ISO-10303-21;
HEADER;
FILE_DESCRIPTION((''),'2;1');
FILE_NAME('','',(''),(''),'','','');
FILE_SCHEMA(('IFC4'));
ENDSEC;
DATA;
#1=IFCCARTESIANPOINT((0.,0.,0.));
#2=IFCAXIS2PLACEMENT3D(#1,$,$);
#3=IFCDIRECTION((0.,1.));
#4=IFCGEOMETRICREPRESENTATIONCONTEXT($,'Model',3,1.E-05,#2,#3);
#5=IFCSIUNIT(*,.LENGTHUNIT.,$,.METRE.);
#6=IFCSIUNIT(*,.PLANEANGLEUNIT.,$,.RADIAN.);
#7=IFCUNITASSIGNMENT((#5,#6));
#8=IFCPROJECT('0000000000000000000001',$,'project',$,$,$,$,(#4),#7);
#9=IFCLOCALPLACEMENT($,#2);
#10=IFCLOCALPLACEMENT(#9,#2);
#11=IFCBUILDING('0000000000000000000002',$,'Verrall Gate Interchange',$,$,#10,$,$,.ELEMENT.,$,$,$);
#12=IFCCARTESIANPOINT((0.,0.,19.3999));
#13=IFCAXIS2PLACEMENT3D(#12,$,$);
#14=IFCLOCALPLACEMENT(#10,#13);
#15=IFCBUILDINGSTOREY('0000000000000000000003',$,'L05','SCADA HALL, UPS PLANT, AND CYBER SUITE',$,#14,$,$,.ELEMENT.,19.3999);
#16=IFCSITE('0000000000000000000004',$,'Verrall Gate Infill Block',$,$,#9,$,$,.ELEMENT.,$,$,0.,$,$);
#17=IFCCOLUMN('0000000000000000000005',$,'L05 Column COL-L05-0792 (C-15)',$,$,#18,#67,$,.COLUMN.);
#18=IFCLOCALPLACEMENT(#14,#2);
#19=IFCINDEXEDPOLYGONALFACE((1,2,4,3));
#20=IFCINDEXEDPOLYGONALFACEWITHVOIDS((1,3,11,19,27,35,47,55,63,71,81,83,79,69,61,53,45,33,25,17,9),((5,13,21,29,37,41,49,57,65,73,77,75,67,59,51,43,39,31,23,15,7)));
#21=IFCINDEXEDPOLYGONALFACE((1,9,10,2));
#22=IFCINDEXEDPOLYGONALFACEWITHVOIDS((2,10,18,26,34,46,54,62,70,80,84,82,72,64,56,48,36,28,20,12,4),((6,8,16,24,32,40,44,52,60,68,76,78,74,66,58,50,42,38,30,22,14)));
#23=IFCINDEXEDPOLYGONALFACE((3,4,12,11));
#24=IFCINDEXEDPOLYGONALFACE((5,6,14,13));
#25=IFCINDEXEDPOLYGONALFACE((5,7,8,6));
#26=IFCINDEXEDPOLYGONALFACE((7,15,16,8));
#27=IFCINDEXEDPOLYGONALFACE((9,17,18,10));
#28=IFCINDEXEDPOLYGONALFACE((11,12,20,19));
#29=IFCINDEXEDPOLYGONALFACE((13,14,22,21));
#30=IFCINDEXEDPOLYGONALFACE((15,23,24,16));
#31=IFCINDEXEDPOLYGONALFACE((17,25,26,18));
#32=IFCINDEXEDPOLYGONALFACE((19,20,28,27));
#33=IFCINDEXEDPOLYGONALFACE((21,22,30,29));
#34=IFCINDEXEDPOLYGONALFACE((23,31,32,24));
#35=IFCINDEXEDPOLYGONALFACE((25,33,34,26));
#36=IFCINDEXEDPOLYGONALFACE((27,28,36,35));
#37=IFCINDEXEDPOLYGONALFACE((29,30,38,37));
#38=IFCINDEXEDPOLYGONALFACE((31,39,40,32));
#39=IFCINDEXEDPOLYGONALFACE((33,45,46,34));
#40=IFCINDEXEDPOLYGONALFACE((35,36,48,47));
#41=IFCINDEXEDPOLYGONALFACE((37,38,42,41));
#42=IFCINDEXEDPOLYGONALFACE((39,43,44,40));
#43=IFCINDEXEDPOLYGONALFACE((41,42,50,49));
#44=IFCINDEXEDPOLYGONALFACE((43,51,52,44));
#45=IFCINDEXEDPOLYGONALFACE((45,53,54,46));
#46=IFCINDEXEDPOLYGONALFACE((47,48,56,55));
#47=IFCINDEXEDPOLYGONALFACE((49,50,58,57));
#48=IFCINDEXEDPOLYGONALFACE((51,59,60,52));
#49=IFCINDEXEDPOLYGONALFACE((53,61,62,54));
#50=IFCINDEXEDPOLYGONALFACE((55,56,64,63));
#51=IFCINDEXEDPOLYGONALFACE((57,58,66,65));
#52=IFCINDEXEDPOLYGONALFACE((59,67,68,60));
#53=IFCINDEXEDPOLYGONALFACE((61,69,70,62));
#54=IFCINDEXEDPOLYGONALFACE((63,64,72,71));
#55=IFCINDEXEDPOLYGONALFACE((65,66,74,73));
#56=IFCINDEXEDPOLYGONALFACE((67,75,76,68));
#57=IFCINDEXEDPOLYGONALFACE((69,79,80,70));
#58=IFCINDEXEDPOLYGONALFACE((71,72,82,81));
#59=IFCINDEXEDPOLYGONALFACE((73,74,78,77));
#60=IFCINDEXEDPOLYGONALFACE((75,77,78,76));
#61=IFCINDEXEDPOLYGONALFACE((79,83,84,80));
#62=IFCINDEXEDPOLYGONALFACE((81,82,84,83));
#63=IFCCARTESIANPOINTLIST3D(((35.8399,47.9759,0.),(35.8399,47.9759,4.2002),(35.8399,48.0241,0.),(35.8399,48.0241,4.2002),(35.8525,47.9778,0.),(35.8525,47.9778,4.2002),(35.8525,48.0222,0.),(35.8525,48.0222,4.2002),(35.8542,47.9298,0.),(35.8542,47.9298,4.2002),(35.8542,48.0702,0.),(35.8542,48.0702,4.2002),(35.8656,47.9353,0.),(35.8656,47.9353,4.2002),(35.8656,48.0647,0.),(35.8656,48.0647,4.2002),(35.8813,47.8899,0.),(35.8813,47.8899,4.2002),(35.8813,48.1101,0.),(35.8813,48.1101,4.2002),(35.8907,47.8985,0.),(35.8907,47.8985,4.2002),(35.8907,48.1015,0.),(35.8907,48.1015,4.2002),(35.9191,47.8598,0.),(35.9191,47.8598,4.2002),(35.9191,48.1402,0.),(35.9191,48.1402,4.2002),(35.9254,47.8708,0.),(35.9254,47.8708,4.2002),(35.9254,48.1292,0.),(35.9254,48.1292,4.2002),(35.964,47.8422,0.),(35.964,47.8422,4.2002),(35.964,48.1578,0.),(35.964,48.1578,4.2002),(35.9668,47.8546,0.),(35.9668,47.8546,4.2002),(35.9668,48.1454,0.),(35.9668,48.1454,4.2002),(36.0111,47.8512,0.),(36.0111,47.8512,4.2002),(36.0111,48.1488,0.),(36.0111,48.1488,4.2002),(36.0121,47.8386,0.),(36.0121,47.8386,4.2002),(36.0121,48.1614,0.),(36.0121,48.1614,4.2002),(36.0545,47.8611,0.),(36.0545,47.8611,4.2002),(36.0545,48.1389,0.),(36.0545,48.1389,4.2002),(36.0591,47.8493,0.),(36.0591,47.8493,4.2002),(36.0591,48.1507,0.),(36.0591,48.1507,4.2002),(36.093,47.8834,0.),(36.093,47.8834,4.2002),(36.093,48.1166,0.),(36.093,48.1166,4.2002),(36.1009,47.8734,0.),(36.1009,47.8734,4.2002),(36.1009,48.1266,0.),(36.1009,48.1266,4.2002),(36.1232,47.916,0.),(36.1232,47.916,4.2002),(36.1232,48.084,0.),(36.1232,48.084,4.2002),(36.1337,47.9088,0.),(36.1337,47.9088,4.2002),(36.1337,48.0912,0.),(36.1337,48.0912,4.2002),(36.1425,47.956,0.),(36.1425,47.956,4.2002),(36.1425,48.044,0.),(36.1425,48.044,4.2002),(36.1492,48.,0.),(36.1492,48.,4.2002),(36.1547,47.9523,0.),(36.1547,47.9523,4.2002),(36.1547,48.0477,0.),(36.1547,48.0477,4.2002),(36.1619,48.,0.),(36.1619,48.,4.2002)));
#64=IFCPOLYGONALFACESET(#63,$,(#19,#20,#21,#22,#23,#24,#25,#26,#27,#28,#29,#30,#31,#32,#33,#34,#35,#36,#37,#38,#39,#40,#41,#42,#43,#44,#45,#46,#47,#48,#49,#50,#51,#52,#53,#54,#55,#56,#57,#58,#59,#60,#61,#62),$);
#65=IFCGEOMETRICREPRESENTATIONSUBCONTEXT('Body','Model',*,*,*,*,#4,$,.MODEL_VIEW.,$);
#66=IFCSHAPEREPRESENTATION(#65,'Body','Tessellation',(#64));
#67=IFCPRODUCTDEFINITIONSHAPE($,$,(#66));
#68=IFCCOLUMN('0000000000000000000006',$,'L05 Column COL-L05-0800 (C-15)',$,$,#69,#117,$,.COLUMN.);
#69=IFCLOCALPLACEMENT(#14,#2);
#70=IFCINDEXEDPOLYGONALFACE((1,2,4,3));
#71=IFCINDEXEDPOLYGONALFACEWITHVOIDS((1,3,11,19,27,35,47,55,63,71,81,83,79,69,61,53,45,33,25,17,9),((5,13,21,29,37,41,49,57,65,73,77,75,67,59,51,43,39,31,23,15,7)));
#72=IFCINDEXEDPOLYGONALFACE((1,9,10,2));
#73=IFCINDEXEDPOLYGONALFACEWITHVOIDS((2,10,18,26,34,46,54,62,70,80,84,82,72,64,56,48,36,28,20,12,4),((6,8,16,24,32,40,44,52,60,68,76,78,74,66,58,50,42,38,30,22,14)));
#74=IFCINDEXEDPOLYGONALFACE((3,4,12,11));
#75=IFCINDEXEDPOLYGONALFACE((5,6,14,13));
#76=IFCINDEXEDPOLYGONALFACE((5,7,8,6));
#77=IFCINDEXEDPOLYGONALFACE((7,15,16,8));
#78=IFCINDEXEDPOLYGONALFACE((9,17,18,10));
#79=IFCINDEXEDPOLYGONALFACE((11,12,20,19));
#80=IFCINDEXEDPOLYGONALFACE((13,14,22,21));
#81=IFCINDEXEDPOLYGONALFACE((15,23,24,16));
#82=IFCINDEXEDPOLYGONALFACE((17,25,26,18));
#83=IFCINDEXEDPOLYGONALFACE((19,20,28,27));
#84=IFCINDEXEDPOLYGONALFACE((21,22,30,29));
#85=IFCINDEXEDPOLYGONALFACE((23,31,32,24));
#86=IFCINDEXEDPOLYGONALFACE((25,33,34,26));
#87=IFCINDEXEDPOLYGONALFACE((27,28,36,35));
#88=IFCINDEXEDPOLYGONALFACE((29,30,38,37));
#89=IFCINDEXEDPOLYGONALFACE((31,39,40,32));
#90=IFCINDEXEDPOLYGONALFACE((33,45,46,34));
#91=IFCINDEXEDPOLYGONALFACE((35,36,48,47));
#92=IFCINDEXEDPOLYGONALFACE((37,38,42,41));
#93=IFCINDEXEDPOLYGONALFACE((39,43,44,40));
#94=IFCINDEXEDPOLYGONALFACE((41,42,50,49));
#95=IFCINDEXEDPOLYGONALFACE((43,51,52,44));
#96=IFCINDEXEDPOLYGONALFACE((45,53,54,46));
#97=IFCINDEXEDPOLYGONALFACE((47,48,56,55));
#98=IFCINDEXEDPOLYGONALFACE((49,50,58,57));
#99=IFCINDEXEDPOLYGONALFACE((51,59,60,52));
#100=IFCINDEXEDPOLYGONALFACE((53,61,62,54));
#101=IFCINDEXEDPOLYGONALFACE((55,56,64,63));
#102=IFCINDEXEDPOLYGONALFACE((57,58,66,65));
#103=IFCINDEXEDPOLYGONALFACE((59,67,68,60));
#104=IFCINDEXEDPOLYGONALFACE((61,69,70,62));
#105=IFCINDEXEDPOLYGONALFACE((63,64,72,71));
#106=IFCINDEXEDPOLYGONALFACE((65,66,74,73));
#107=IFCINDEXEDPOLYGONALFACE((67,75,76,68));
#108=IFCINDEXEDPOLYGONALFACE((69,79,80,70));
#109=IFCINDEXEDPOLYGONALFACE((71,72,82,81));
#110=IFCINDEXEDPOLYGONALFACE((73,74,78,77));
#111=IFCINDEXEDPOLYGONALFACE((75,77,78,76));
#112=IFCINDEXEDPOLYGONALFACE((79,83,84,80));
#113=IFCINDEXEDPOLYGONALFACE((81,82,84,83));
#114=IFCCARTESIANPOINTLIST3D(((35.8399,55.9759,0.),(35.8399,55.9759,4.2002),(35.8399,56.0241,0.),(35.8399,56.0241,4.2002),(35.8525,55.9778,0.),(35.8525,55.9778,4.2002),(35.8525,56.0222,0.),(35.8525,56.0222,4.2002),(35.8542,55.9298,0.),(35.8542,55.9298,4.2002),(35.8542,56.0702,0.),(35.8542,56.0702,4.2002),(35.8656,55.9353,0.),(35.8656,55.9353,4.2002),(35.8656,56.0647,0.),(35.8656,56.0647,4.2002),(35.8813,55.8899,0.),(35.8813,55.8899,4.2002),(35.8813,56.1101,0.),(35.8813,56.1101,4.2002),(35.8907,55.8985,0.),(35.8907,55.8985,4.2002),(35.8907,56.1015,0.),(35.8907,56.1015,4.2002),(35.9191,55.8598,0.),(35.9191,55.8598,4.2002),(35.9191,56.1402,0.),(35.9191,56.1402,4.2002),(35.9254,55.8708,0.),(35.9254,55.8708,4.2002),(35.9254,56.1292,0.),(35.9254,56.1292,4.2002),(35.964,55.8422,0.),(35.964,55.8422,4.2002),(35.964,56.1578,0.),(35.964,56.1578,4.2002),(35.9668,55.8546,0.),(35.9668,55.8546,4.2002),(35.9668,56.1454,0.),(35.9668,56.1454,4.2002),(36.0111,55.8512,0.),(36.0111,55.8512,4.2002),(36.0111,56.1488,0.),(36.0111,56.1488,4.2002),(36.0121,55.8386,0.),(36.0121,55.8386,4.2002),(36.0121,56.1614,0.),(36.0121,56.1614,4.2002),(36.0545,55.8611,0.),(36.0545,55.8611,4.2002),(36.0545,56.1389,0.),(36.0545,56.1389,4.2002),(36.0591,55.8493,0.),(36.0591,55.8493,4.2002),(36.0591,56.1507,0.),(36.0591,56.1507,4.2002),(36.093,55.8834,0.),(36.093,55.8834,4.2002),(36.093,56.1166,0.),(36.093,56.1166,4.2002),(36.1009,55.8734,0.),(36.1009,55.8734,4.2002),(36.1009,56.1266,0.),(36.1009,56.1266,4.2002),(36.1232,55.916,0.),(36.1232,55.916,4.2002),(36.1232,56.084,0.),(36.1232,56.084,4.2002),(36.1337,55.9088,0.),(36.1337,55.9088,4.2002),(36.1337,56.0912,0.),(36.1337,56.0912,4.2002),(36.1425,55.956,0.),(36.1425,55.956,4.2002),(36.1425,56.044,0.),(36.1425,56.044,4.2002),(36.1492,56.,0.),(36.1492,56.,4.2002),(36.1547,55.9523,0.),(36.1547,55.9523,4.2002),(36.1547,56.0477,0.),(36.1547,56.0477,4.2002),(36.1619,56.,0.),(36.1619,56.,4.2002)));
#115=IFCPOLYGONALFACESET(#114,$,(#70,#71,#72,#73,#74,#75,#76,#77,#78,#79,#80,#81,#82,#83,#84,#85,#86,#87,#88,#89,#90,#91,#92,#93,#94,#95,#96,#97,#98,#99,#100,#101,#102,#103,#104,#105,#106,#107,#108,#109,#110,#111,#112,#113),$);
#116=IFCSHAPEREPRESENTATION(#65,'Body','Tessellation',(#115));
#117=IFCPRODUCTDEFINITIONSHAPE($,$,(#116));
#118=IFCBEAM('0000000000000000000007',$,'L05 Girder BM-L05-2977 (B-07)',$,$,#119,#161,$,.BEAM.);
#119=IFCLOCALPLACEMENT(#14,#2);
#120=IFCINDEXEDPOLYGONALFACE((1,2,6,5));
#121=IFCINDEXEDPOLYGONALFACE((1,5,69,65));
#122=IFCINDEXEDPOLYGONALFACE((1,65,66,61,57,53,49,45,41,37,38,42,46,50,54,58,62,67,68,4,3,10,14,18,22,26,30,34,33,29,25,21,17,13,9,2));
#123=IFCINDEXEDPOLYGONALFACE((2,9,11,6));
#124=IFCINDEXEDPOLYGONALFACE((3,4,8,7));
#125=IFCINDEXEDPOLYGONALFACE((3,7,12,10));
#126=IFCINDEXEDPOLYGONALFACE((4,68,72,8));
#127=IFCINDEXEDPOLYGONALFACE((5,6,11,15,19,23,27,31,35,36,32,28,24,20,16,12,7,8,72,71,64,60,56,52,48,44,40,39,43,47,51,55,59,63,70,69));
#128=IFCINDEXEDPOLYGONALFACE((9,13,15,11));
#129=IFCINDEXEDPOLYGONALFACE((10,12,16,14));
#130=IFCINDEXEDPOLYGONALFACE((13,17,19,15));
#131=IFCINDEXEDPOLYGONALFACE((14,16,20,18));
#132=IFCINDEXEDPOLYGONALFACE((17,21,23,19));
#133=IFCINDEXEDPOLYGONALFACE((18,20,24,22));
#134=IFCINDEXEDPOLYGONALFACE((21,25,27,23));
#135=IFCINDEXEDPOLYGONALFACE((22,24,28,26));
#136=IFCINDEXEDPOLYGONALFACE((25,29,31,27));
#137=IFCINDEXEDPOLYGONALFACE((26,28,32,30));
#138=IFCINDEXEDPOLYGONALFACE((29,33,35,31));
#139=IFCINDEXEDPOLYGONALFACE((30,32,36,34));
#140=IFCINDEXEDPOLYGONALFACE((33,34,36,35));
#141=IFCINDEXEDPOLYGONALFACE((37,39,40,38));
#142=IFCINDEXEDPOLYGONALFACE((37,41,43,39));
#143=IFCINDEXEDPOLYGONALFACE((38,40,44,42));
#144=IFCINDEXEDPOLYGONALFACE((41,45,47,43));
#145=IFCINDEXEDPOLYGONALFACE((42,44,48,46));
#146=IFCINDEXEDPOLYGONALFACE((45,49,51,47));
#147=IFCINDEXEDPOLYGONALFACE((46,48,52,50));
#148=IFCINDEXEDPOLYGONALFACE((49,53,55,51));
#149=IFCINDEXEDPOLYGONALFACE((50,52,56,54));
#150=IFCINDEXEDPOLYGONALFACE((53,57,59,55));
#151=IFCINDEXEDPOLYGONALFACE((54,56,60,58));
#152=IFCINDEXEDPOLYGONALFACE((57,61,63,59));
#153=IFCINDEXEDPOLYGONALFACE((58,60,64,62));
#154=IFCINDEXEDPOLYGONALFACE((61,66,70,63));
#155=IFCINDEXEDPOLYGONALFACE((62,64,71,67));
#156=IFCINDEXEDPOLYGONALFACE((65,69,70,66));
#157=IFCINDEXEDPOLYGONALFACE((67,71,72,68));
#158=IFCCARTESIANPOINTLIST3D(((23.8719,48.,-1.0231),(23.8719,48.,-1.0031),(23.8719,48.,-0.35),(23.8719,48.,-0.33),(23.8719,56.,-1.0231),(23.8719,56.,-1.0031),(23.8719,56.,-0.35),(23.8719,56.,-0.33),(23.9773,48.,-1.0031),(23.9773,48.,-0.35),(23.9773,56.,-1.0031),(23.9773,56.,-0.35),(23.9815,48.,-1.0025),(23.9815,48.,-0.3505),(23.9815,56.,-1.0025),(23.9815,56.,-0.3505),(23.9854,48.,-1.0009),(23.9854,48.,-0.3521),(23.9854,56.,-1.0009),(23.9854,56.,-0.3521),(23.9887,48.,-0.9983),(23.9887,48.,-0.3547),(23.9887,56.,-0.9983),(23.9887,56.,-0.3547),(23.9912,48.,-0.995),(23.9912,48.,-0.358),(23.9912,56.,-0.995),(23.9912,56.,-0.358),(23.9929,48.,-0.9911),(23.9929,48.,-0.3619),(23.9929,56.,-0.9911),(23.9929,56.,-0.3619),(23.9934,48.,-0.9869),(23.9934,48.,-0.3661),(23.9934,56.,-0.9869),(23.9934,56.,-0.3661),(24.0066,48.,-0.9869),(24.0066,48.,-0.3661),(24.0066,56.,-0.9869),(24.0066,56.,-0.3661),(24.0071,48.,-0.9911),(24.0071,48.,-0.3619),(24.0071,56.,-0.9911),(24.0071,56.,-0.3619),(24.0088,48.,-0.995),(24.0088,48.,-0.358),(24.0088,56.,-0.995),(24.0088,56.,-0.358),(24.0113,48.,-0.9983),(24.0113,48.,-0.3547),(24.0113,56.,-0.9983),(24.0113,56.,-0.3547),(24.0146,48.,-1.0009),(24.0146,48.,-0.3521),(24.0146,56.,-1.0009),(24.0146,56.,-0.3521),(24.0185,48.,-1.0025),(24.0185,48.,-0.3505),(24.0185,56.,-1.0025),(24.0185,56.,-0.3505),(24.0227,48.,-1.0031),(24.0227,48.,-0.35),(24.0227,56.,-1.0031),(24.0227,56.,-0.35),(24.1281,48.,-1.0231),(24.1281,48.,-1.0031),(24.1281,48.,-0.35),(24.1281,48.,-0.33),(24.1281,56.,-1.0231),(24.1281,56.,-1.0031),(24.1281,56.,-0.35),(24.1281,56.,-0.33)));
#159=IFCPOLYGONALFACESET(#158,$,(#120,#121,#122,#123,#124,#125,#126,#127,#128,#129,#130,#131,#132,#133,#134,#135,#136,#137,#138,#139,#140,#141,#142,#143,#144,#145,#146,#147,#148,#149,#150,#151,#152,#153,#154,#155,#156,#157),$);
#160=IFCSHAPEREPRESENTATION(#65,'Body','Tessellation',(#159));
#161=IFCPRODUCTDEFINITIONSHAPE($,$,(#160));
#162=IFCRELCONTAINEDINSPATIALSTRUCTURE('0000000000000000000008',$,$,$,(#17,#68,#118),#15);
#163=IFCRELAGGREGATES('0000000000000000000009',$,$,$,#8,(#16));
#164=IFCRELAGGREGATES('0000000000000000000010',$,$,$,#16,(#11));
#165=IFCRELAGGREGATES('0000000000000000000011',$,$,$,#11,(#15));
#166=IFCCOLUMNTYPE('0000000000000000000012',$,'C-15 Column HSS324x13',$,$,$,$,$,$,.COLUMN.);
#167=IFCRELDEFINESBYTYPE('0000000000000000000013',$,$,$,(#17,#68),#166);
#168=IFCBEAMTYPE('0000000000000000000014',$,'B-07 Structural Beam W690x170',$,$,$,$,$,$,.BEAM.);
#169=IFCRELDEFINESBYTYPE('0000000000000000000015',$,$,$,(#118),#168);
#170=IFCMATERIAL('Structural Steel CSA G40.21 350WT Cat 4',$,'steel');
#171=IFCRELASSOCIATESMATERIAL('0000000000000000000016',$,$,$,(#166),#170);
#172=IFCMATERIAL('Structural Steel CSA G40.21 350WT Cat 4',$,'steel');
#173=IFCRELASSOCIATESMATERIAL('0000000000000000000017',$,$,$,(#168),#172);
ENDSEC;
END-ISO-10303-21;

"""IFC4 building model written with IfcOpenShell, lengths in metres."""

from ifc_helpers import new_model, si_unit, direction, frame, origin, origin_2d, place, context, subcontext, project, spatial, hollow_circle, i_section, extrude, material, material_profile, profile_set, type_object, element, save


model = new_model("IFC4")

# Units and contexts
model_context = context("Model", 3, precision=1e-05, world=origin(), true_north=direction((0.0, 1.0)))
body_context = subcontext(model_context, "Body", "Model", "MODEL_VIEW")
ifc_project = project(units=[si_unit("LENGTHUNIT", "METRE"), si_unit("PLANEANGLEUNIT", "RADIAN")], contexts=[model_context])

# Site, building, storey
site_placement = place(None, origin())
site = spatial("IfcSite", under=ifc_project, at=site_placement, Name="Verrall Gate Infill Block", CompositionType="ELEMENT", RefElevation=0.0)
building_placement = place(site_placement, origin())
building = spatial("IfcBuilding", under=site, at=building_placement, Name="Verrall Gate Interchange", CompositionType="ELEMENT")
storey_placement = place(building_placement, frame((0.0, 0.0, 19.3999)))
storey = spatial("IfcBuildingStorey", under=building, at=storey_placement, Name="L05", Description="SCADA HALL, UPS PLANT, AND CYBER SUITE", CompositionType="ELEMENT", Elevation=19.3999)

# Columns
ifc_material_1 = material(Name="Structural Steel CSA G40.21 350WT Cat 4", Category="steel")
ifc_material_profile_1 = material_profile(ifc_material_1, hollow_circle(Radius=0.1619, WallThickness=0.0127, at=origin_2d()), Name="HSS324x13")
ifc_profile_set_1 = profile_set([ifc_material_profile_1], Name="Structural Steel CSA G40.21 350WT Cat 4")
column_type_1 = type_object("IfcColumnType", Name="C-15 Column HSS324x13", PredefinedType="COLUMN", material=ifc_profile_set_1)
for number, where, z_axis, x_axis, name in (
    (1, (36.0, 48.0, 0.0), (0.0, 0.0, 1.0), (1.0, 0.0, 0.0), "L05 Column COL-L05-0792 (C-15)"),
    (2, (36.0, 56.0, 0.0), (0.0, 0.0, 1.0), (1.0, 0.0, 0.0), "L05 Column COL-L05-0800 (C-15)"),
):
    element("IfcColumn", number, at=place(storey_placement, frame(where, z_axis=z_axis, x_axis=x_axis)), inside=storey, type_object=column_type_1, Name=name, PredefinedType="COLUMN", context=body_context, shape_type="SweptSolid", body=[
        extrude(hollow_circle(Radius=0.1619, WallThickness=0.0127, at=origin_2d()), origin(), (0.0, 0.0, 1.0), 4.2002),
    ])

# Beam
ifc_material_2 = material(Name="Structural Steel CSA G40.21 350WT Cat 4", Category="steel")
ifc_material_profile_2 = material_profile(ifc_material_2, i_section(OverallWidth=0.2561, OverallDepth=0.6931, WebThickness=0.0132, FlangeThickness=0.02, FilletRadius=0.0161, at=origin_2d()), Name="W690x170")
ifc_profile_set_2 = profile_set([ifc_material_profile_2], Name="Structural Steel CSA G40.21 350WT Cat 4")
beam_type_1 = type_object("IfcBeamType", Name="B-07 Structural Beam W690x170", PredefinedType="BEAM", material=ifc_profile_set_2)
beam_1_placement = place(storey_placement, frame((24.0, 48.0, -0.6765), z_axis=(0.0, 1.0, 0.0), x_axis=(-1.0, 0.0, 0.0)))
element("IfcBeam", 3, at=beam_1_placement, inside=storey, type_object=beam_type_1, Name="L05 Girder BM-L05-2977 (B-07)", PredefinedType="BEAM", context=body_context, shape_type="SweptSolid", body=[
    extrude(i_section(OverallWidth=0.2561, OverallDepth=0.6931, WebThickness=0.0132, FlangeThickness=0.02, FilletRadius=0.0161, at=origin_2d()), origin(), (0.0, 0.0, 1.0), 8.0),
])

save(model, "model.ifc")
